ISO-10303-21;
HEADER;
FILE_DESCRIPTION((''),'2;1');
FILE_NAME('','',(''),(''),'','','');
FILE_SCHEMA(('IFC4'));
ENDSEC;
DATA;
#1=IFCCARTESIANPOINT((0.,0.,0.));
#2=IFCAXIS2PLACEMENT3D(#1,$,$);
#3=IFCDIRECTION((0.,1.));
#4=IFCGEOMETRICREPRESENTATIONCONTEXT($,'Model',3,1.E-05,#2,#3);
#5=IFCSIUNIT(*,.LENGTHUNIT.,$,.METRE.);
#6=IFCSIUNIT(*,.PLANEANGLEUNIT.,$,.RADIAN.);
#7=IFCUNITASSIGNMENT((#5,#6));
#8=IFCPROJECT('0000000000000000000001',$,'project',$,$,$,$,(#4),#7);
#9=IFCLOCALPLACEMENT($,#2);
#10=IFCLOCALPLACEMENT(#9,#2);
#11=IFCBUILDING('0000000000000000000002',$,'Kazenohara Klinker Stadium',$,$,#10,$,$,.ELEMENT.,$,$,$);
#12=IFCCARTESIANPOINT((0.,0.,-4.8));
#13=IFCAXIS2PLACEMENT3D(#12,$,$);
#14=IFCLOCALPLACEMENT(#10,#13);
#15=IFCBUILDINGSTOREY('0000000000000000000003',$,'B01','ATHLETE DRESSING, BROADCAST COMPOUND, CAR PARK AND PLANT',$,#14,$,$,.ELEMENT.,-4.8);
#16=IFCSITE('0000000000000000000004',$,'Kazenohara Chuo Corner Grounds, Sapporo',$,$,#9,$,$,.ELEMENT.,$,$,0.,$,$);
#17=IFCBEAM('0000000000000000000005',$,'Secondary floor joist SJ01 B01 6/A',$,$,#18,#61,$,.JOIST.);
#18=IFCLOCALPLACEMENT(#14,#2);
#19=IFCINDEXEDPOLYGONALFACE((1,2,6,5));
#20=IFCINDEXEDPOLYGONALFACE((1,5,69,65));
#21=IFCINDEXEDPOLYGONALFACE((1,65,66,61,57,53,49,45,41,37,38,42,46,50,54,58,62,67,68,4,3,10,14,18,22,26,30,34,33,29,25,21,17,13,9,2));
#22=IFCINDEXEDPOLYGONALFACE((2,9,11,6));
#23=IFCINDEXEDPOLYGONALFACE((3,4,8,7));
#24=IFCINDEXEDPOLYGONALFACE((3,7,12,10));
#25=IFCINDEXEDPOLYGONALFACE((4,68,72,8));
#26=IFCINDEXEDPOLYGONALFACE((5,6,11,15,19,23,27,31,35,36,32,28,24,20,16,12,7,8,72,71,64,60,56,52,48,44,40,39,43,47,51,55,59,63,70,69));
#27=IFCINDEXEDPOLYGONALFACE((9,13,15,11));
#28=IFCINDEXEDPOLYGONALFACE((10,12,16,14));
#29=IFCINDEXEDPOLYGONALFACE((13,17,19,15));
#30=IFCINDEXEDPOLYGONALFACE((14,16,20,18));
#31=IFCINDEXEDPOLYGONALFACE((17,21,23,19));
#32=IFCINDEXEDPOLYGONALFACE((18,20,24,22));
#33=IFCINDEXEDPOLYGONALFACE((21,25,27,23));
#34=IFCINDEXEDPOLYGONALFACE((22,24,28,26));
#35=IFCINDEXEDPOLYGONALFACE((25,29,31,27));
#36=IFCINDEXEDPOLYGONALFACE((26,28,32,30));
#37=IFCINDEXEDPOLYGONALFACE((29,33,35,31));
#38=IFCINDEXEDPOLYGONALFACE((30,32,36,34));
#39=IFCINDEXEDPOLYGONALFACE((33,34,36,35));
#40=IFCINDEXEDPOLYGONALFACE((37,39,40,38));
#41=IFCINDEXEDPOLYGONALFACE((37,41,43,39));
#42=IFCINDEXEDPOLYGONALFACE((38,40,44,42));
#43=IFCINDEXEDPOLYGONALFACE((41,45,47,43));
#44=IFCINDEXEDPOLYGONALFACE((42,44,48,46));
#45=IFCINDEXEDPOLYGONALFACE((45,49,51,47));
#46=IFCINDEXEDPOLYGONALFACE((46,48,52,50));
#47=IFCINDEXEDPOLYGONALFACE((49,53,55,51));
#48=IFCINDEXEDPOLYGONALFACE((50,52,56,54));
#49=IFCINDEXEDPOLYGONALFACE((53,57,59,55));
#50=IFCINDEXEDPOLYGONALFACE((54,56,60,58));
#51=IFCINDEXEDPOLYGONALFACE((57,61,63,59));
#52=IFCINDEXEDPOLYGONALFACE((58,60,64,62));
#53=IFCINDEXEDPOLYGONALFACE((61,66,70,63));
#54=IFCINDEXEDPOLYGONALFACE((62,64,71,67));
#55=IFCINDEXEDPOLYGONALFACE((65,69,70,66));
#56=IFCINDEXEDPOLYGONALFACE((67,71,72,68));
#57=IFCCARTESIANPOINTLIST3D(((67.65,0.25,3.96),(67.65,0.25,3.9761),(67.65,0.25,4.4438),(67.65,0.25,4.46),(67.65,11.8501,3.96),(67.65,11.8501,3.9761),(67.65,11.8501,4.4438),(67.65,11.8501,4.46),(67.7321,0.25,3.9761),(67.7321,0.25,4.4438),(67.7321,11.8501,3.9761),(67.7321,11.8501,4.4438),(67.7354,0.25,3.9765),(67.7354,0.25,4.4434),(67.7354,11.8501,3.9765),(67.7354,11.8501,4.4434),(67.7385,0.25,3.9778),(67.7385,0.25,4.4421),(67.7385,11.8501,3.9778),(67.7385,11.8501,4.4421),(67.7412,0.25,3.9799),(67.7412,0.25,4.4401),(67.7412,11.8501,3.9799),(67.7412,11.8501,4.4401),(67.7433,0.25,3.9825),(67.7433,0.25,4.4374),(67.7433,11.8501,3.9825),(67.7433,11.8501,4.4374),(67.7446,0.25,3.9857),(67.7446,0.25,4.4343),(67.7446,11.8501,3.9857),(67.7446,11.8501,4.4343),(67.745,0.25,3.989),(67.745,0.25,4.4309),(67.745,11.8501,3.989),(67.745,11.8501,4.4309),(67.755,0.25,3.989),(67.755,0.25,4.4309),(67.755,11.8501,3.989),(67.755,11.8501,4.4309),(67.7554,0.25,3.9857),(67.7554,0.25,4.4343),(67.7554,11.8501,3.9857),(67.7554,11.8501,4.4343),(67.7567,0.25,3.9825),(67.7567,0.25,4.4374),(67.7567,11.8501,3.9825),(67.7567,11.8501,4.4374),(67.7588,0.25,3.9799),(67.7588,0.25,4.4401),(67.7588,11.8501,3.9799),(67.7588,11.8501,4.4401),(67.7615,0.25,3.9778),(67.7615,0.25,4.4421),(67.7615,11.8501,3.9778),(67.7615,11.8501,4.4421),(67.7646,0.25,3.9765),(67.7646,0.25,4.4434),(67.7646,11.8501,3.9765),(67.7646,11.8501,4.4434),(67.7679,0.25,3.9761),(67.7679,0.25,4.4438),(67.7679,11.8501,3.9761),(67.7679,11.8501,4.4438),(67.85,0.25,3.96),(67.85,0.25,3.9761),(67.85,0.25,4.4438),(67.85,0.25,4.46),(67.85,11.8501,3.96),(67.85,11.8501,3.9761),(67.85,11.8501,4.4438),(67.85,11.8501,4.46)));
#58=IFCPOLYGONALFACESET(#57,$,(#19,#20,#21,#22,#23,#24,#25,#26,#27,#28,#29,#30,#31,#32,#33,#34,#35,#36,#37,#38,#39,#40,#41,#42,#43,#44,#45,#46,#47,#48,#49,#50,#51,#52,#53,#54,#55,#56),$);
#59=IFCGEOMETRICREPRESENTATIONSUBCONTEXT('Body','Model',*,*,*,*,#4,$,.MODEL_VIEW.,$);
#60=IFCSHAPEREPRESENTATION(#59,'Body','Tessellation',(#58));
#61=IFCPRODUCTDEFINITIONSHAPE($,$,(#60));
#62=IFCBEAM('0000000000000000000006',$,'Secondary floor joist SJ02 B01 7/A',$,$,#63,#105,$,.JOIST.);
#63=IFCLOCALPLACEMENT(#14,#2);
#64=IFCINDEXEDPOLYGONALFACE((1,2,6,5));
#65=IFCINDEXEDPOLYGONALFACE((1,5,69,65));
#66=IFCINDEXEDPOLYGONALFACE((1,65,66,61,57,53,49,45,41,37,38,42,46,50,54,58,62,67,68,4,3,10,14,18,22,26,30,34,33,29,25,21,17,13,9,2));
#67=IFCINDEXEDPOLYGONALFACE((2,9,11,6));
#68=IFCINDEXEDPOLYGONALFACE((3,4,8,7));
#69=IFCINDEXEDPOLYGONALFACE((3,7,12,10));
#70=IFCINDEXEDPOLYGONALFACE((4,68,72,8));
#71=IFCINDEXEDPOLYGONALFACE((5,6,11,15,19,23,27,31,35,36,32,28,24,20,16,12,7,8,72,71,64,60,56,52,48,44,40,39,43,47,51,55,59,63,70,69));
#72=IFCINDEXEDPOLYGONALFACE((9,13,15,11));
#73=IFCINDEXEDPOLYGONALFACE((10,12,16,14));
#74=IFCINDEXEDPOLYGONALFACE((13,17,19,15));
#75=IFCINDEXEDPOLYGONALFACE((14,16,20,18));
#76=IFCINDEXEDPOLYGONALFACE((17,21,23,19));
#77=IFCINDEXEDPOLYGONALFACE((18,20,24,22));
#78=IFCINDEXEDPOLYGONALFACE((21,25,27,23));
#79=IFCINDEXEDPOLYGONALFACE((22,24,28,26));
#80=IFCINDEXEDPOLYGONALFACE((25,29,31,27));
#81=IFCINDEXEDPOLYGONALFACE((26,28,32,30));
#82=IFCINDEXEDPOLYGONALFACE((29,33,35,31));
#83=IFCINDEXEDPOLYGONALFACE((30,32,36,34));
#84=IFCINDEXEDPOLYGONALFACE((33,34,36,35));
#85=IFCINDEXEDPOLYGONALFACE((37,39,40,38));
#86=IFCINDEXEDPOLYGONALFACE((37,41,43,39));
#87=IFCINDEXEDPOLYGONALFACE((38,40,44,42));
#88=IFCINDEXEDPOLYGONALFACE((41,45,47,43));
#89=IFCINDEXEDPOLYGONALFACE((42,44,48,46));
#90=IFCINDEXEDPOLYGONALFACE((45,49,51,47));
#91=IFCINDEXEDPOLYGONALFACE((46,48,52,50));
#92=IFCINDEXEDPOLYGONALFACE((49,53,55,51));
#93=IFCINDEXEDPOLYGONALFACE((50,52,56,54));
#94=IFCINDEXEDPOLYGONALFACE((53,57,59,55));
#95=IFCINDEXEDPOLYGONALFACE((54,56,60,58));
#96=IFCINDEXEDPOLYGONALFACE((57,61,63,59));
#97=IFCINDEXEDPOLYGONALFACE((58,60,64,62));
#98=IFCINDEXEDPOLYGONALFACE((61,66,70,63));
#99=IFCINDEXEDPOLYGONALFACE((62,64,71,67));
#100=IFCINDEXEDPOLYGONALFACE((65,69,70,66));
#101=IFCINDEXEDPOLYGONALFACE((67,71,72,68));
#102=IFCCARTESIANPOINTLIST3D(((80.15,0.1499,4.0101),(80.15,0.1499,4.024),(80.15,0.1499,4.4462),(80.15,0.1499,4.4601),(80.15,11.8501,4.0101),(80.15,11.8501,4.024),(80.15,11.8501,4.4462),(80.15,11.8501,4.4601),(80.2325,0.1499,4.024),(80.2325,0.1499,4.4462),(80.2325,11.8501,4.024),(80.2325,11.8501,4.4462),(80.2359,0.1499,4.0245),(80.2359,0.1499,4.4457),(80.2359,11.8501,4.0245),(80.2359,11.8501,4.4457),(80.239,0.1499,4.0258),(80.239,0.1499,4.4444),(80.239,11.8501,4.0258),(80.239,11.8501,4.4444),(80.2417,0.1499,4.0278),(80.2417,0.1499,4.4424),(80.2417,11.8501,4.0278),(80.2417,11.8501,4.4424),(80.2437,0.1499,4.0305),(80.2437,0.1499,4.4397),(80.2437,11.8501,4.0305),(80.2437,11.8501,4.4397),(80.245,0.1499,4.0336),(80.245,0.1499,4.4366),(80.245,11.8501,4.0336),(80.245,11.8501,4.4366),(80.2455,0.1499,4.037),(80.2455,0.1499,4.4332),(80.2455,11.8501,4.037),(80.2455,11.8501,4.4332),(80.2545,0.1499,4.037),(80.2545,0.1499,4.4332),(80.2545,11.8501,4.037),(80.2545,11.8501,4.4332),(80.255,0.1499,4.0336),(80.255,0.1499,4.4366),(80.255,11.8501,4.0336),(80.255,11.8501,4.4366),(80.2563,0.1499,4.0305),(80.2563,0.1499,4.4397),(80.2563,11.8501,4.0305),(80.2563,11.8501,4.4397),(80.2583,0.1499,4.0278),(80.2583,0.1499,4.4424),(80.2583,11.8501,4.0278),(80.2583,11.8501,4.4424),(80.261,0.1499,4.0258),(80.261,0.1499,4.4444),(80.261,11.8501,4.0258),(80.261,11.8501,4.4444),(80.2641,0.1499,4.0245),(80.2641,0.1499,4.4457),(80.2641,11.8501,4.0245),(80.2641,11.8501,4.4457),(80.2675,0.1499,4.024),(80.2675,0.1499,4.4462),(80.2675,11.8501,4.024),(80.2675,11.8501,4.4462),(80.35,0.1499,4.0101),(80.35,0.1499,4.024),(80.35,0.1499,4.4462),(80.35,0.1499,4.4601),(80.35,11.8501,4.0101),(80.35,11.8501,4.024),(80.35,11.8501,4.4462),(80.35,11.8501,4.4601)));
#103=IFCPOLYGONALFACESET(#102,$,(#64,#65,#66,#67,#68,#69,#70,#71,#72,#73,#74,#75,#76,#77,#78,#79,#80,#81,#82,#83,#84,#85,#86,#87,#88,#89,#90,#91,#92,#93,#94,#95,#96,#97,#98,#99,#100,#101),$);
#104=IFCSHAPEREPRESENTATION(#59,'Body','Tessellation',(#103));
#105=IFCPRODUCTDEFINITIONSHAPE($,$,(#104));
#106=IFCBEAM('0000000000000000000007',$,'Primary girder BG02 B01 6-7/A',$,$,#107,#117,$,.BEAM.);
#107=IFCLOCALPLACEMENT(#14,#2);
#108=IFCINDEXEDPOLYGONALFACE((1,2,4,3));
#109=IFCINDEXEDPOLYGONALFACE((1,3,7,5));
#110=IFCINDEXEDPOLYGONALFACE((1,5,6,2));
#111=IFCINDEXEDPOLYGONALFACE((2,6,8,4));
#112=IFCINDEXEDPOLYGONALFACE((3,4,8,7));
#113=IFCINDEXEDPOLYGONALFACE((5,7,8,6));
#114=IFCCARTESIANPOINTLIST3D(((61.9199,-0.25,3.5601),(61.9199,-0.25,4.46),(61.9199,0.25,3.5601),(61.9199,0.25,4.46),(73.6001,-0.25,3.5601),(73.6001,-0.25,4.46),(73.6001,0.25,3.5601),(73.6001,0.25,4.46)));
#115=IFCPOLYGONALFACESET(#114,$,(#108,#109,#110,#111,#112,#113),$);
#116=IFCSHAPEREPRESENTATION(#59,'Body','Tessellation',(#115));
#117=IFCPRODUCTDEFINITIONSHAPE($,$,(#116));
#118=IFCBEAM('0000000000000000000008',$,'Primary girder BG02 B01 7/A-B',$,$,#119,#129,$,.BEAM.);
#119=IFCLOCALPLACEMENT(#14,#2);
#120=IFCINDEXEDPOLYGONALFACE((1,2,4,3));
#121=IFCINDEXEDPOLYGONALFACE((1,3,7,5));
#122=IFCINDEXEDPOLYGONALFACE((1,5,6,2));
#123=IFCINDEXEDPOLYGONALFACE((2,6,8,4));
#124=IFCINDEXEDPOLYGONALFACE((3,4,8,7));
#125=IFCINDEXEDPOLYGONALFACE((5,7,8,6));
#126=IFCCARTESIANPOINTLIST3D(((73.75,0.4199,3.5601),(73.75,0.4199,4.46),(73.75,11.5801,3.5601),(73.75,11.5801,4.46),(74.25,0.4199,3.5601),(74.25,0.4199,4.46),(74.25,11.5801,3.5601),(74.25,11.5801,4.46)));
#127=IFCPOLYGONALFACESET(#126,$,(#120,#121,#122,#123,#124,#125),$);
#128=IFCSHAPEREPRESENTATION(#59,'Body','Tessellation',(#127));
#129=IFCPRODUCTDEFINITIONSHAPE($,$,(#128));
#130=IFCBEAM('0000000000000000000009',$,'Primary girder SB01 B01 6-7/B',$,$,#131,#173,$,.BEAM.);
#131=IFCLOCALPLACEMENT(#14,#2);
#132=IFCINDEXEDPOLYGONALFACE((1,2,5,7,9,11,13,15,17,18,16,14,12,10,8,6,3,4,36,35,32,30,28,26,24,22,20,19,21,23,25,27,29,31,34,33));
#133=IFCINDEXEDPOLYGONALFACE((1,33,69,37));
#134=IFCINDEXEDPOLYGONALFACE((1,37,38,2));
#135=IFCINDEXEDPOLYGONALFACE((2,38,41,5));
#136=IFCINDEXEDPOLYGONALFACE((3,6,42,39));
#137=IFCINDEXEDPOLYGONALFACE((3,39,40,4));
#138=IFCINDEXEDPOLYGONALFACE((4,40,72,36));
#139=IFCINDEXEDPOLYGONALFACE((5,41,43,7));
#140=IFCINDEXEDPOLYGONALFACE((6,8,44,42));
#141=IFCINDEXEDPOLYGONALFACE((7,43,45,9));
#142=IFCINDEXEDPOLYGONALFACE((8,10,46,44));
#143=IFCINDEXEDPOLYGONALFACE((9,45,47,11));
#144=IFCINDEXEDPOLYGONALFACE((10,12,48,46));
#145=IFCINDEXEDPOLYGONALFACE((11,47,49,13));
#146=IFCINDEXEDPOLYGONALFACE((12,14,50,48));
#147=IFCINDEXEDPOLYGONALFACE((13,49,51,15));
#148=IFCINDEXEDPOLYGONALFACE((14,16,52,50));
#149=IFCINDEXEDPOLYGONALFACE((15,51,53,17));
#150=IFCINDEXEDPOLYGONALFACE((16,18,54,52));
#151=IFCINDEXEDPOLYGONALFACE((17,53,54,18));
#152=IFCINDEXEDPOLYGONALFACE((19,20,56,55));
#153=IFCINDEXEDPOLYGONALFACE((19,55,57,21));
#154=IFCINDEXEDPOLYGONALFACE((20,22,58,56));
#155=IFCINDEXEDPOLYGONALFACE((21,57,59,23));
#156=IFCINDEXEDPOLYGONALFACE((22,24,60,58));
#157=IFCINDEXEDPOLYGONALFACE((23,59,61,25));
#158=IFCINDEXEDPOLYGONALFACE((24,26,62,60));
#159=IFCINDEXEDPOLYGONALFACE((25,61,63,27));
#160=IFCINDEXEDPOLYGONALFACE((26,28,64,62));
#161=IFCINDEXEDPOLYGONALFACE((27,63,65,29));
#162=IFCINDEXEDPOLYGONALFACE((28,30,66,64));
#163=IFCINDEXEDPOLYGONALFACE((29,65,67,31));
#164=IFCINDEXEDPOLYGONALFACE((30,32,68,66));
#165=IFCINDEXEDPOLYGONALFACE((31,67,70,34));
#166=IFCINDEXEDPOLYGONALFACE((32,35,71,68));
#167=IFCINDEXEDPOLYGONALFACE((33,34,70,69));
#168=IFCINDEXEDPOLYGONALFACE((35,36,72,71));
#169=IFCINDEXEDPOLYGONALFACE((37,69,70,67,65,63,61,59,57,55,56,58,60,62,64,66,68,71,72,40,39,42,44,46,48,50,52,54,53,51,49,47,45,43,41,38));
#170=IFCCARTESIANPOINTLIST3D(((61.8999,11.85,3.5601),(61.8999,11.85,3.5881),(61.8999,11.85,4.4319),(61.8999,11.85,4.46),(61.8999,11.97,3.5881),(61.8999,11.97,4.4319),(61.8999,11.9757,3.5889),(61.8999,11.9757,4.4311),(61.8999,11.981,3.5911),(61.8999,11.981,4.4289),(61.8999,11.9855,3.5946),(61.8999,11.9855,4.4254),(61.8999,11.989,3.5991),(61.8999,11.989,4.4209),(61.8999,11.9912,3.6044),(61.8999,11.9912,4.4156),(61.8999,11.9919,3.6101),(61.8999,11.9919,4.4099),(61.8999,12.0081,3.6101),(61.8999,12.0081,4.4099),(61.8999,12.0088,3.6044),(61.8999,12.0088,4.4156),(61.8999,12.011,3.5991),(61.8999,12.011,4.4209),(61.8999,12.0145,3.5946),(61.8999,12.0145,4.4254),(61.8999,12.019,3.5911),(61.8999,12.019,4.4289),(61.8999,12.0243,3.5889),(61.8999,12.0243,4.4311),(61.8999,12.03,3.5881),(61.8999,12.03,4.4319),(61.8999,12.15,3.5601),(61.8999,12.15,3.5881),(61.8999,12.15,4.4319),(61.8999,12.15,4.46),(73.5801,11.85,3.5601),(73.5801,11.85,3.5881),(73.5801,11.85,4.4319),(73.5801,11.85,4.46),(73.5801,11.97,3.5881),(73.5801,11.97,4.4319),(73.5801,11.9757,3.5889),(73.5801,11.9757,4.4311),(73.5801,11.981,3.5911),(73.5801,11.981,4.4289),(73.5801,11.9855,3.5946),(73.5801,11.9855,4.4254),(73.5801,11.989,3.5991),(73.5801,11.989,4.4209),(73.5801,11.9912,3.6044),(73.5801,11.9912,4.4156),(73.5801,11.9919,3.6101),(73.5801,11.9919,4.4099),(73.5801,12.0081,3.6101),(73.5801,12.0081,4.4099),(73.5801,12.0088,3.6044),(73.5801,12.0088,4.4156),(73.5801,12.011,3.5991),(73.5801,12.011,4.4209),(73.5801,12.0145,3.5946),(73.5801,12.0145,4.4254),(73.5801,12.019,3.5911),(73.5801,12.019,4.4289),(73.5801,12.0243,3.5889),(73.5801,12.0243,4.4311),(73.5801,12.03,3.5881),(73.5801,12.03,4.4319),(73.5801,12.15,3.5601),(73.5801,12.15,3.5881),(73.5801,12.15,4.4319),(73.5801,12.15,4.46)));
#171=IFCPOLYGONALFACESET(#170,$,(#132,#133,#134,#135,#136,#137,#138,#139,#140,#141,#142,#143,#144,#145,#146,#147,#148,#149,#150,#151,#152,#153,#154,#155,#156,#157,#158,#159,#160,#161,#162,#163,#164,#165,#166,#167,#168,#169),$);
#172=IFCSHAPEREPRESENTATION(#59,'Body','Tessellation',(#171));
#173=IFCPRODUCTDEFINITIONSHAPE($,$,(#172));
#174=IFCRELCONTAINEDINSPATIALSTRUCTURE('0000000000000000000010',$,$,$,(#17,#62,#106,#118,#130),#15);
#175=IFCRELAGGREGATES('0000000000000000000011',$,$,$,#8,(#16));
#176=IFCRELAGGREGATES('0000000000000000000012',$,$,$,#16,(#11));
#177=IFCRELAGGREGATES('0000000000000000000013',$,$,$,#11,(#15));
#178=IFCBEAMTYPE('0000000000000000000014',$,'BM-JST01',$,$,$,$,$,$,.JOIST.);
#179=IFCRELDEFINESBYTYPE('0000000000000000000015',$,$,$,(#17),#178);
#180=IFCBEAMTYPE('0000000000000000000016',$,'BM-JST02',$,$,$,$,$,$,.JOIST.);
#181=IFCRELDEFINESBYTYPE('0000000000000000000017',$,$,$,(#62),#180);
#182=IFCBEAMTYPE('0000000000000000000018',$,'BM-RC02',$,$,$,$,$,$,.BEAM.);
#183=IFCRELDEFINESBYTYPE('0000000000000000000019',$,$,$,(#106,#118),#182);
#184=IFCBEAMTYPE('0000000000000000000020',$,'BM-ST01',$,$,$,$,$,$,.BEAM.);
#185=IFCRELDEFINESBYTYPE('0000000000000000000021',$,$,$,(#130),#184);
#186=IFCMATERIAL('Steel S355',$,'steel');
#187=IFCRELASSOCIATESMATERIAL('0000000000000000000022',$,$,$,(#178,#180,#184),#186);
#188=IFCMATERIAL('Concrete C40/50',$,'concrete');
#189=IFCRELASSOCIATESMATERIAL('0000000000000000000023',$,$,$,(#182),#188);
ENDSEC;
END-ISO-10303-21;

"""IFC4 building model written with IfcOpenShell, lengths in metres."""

from ifc_helpers import new_model, si_unit, direction, frame, origin, origin_2d, place, context, subcontext, project, spatial, rectangle, i_section, extrude, material, material_profile, profile_set, type_object, element, save


model = new_model("IFC4")

# Units and contexts
model_context = context("Model", 3, precision=1e-05, world=origin(), true_north=direction((0.0, 1.0)))
body_context = subcontext(model_context, "Body", "Model", "MODEL_VIEW")
ifc_project = project(units=[si_unit("LENGTHUNIT", "METRE"), si_unit("PLANEANGLEUNIT", "RADIAN")], contexts=[model_context])

# Site, building, storey
site_placement = place(None, origin())
site = spatial("IfcSite", under=ifc_project, at=site_placement, Name="Kazenohara Chuo Corner Grounds, Sapporo", CompositionType="ELEMENT", RefElevation=0.0)
building_placement = place(site_placement, origin())
building = spatial("IfcBuilding", under=site, at=building_placement, Name="Kazenohara Klinker Stadium", CompositionType="ELEMENT")
storey_placement = place(building_placement, frame((0.0, 0.0, -4.8)))
storey = spatial("IfcBuildingStorey", under=building, at=storey_placement, Name="B01", Description="ATHLETE DRESSING, BROADCAST COMPOUND, CAR PARK AND PLANT", CompositionType="ELEMENT", Elevation=-4.8)

# Shared definitions
ifc_material_1 = material(Name="Concrete C40/50", Category="concrete")

# Beams
ifc_material_2 = material(Name="Steel S355", Category="steel")
ifc_material_profile_1 = material_profile(ifc_material_2, i_section(OverallWidth=0.2, OverallDepth=0.5, WebThickness=0.01, FlangeThickness=0.0161, FilletRadius=0.0129, at=origin_2d()), Name="H-500x200x10x16")
ifc_profile_set_1 = profile_set([ifc_material_profile_1], Name="Steel S355")
beam_type_1 = type_object("IfcBeamType", Name="BM-JST01", PredefinedType="JOIST", material=ifc_profile_set_1)
beam_1_placement = place(storey_placement, frame((67.75, 0.25, 4.21), z_axis=(0.0, 1.0, 0.0), x_axis=(-1.0, 0.0, 0.0)))
element("IfcBeam", 1, at=beam_1_placement, inside=storey, type_object=beam_type_1, Name="Secondary floor joist SJ01 B01 6/A", PredefinedType="JOIST", context=body_context, shape_type="SweptSolid", body=[
    extrude(i_section(OverallWidth=0.2, OverallDepth=0.5, WebThickness=0.01, FlangeThickness=0.0161, FilletRadius=0.0129, at=origin_2d()), origin(), (0.0, 0.0, 1.0), 11.6001),
])
ifc_material_profile_2 = material_profile(ifc_material_2, i_section(OverallWidth=0.2, OverallDepth=0.45, WebThickness=0.009, FlangeThickness=0.0139, FilletRadius=0.0129, at=origin_2d()), Name="H-450x200x9x14")
ifc_profile_set_2 = profile_set([ifc_material_profile_2], Name="Steel S355")
beam_type_2 = type_object("IfcBeamType", Name="BM-JST02", PredefinedType="JOIST", material=ifc_profile_set_2)
beam_2_placement = place(storey_placement, frame((80.25, 0.1499, 4.2351), z_axis=(0.0, 1.0, 0.0), x_axis=(-1.0, 0.0, 0.0)))
element("IfcBeam", 2, at=beam_2_placement, inside=storey, type_object=beam_type_2, Name="Secondary floor joist SJ02 B01 7/A", PredefinedType="JOIST", context=body_context, shape_type="SweptSolid", body=[
    extrude(i_section(OverallWidth=0.2, OverallDepth=0.45, WebThickness=0.009, FlangeThickness=0.0139, FilletRadius=0.0129, at=origin_2d()), origin(), (0.0, 0.0, 1.0), 11.7002),
])
ifc_material_profile_3 = material_profile(ifc_material_1, rectangle(XDim=0.5, YDim=0.8999, at=origin_2d()), Name="RC-BM-500x900")
ifc_profile_set_3 = profile_set([ifc_material_profile_3], Name="Concrete C40/50")
beam_type_3 = type_object("IfcBeamType", Name="BM-RC02", PredefinedType="BEAM", material=ifc_profile_set_3)
beam_3_placement = place(storey_placement, frame((61.9199, 0.0, 4.01), z_axis=(1.0, 0.0, 0.0), x_axis=(0.0, 1.0, 0.0)))
element("IfcBeam", 3, at=beam_3_placement, inside=storey, type_object=beam_type_3, Name="Primary girder BG02 B01 6-7/A", PredefinedType="BEAM", context=body_context, shape_type="SweptSolid", body=[
    extrude(rectangle(XDim=0.5, YDim=0.8999, at=origin_2d()), origin(), (0.0, 0.0, 1.0), 11.6802),
])
beam_4_placement = place(storey_placement, frame((74.0, 0.4199, 4.01), z_axis=(0.0, 1.0, 0.0), x_axis=(-1.0, 0.0, 0.0)))
element("IfcBeam", 4, at=beam_4_placement, inside=storey, type_object=beam_type_3, Name="Primary girder BG02 B01 7/A-B", PredefinedType="BEAM", context=body_context, shape_type="SweptSolid", body=[
    extrude(rectangle(XDim=0.5, YDim=0.8999, at=origin_2d()), origin(), (0.0, 0.0, 1.0), 11.1602),
])
ifc_material_profile_4 = material_profile(ifc_material_2, i_section(OverallWidth=0.3, OverallDepth=0.8999, WebThickness=0.0161, FlangeThickness=0.0281, FilletRadius=0.022, at=origin_2d()), Name="H-900x300x16x28")
ifc_profile_set_4 = profile_set([ifc_material_profile_4], Name="Steel S355")
beam_type_4 = type_object("IfcBeamType", Name="BM-ST01", PredefinedType="BEAM", material=ifc_profile_set_4)
for number, where, z_axis, x_axis, name in (
    (5, (61.8999, 12.0, 4.01), (1.0, 0.0, 0.0), (0.0, 1.0, 0.0), "Primary girder SB01 B01 6-7/B"),
):
    element("IfcBeam", number, at=place(storey_placement, frame(where, z_axis=z_axis, x_axis=x_axis)), inside=storey, type_object=beam_type_4, Name=name, PredefinedType="BEAM", context=body_context, shape_type="SweptSolid", body=[
        extrude(i_section(OverallWidth=0.3, OverallDepth=0.8999, WebThickness=0.0161, FlangeThickness=0.0281, FilletRadius=0.022, at=origin_2d()), origin(), (0.0, 0.0, 1.0), 11.6802),
    ])

save(model, "model.ifc")
